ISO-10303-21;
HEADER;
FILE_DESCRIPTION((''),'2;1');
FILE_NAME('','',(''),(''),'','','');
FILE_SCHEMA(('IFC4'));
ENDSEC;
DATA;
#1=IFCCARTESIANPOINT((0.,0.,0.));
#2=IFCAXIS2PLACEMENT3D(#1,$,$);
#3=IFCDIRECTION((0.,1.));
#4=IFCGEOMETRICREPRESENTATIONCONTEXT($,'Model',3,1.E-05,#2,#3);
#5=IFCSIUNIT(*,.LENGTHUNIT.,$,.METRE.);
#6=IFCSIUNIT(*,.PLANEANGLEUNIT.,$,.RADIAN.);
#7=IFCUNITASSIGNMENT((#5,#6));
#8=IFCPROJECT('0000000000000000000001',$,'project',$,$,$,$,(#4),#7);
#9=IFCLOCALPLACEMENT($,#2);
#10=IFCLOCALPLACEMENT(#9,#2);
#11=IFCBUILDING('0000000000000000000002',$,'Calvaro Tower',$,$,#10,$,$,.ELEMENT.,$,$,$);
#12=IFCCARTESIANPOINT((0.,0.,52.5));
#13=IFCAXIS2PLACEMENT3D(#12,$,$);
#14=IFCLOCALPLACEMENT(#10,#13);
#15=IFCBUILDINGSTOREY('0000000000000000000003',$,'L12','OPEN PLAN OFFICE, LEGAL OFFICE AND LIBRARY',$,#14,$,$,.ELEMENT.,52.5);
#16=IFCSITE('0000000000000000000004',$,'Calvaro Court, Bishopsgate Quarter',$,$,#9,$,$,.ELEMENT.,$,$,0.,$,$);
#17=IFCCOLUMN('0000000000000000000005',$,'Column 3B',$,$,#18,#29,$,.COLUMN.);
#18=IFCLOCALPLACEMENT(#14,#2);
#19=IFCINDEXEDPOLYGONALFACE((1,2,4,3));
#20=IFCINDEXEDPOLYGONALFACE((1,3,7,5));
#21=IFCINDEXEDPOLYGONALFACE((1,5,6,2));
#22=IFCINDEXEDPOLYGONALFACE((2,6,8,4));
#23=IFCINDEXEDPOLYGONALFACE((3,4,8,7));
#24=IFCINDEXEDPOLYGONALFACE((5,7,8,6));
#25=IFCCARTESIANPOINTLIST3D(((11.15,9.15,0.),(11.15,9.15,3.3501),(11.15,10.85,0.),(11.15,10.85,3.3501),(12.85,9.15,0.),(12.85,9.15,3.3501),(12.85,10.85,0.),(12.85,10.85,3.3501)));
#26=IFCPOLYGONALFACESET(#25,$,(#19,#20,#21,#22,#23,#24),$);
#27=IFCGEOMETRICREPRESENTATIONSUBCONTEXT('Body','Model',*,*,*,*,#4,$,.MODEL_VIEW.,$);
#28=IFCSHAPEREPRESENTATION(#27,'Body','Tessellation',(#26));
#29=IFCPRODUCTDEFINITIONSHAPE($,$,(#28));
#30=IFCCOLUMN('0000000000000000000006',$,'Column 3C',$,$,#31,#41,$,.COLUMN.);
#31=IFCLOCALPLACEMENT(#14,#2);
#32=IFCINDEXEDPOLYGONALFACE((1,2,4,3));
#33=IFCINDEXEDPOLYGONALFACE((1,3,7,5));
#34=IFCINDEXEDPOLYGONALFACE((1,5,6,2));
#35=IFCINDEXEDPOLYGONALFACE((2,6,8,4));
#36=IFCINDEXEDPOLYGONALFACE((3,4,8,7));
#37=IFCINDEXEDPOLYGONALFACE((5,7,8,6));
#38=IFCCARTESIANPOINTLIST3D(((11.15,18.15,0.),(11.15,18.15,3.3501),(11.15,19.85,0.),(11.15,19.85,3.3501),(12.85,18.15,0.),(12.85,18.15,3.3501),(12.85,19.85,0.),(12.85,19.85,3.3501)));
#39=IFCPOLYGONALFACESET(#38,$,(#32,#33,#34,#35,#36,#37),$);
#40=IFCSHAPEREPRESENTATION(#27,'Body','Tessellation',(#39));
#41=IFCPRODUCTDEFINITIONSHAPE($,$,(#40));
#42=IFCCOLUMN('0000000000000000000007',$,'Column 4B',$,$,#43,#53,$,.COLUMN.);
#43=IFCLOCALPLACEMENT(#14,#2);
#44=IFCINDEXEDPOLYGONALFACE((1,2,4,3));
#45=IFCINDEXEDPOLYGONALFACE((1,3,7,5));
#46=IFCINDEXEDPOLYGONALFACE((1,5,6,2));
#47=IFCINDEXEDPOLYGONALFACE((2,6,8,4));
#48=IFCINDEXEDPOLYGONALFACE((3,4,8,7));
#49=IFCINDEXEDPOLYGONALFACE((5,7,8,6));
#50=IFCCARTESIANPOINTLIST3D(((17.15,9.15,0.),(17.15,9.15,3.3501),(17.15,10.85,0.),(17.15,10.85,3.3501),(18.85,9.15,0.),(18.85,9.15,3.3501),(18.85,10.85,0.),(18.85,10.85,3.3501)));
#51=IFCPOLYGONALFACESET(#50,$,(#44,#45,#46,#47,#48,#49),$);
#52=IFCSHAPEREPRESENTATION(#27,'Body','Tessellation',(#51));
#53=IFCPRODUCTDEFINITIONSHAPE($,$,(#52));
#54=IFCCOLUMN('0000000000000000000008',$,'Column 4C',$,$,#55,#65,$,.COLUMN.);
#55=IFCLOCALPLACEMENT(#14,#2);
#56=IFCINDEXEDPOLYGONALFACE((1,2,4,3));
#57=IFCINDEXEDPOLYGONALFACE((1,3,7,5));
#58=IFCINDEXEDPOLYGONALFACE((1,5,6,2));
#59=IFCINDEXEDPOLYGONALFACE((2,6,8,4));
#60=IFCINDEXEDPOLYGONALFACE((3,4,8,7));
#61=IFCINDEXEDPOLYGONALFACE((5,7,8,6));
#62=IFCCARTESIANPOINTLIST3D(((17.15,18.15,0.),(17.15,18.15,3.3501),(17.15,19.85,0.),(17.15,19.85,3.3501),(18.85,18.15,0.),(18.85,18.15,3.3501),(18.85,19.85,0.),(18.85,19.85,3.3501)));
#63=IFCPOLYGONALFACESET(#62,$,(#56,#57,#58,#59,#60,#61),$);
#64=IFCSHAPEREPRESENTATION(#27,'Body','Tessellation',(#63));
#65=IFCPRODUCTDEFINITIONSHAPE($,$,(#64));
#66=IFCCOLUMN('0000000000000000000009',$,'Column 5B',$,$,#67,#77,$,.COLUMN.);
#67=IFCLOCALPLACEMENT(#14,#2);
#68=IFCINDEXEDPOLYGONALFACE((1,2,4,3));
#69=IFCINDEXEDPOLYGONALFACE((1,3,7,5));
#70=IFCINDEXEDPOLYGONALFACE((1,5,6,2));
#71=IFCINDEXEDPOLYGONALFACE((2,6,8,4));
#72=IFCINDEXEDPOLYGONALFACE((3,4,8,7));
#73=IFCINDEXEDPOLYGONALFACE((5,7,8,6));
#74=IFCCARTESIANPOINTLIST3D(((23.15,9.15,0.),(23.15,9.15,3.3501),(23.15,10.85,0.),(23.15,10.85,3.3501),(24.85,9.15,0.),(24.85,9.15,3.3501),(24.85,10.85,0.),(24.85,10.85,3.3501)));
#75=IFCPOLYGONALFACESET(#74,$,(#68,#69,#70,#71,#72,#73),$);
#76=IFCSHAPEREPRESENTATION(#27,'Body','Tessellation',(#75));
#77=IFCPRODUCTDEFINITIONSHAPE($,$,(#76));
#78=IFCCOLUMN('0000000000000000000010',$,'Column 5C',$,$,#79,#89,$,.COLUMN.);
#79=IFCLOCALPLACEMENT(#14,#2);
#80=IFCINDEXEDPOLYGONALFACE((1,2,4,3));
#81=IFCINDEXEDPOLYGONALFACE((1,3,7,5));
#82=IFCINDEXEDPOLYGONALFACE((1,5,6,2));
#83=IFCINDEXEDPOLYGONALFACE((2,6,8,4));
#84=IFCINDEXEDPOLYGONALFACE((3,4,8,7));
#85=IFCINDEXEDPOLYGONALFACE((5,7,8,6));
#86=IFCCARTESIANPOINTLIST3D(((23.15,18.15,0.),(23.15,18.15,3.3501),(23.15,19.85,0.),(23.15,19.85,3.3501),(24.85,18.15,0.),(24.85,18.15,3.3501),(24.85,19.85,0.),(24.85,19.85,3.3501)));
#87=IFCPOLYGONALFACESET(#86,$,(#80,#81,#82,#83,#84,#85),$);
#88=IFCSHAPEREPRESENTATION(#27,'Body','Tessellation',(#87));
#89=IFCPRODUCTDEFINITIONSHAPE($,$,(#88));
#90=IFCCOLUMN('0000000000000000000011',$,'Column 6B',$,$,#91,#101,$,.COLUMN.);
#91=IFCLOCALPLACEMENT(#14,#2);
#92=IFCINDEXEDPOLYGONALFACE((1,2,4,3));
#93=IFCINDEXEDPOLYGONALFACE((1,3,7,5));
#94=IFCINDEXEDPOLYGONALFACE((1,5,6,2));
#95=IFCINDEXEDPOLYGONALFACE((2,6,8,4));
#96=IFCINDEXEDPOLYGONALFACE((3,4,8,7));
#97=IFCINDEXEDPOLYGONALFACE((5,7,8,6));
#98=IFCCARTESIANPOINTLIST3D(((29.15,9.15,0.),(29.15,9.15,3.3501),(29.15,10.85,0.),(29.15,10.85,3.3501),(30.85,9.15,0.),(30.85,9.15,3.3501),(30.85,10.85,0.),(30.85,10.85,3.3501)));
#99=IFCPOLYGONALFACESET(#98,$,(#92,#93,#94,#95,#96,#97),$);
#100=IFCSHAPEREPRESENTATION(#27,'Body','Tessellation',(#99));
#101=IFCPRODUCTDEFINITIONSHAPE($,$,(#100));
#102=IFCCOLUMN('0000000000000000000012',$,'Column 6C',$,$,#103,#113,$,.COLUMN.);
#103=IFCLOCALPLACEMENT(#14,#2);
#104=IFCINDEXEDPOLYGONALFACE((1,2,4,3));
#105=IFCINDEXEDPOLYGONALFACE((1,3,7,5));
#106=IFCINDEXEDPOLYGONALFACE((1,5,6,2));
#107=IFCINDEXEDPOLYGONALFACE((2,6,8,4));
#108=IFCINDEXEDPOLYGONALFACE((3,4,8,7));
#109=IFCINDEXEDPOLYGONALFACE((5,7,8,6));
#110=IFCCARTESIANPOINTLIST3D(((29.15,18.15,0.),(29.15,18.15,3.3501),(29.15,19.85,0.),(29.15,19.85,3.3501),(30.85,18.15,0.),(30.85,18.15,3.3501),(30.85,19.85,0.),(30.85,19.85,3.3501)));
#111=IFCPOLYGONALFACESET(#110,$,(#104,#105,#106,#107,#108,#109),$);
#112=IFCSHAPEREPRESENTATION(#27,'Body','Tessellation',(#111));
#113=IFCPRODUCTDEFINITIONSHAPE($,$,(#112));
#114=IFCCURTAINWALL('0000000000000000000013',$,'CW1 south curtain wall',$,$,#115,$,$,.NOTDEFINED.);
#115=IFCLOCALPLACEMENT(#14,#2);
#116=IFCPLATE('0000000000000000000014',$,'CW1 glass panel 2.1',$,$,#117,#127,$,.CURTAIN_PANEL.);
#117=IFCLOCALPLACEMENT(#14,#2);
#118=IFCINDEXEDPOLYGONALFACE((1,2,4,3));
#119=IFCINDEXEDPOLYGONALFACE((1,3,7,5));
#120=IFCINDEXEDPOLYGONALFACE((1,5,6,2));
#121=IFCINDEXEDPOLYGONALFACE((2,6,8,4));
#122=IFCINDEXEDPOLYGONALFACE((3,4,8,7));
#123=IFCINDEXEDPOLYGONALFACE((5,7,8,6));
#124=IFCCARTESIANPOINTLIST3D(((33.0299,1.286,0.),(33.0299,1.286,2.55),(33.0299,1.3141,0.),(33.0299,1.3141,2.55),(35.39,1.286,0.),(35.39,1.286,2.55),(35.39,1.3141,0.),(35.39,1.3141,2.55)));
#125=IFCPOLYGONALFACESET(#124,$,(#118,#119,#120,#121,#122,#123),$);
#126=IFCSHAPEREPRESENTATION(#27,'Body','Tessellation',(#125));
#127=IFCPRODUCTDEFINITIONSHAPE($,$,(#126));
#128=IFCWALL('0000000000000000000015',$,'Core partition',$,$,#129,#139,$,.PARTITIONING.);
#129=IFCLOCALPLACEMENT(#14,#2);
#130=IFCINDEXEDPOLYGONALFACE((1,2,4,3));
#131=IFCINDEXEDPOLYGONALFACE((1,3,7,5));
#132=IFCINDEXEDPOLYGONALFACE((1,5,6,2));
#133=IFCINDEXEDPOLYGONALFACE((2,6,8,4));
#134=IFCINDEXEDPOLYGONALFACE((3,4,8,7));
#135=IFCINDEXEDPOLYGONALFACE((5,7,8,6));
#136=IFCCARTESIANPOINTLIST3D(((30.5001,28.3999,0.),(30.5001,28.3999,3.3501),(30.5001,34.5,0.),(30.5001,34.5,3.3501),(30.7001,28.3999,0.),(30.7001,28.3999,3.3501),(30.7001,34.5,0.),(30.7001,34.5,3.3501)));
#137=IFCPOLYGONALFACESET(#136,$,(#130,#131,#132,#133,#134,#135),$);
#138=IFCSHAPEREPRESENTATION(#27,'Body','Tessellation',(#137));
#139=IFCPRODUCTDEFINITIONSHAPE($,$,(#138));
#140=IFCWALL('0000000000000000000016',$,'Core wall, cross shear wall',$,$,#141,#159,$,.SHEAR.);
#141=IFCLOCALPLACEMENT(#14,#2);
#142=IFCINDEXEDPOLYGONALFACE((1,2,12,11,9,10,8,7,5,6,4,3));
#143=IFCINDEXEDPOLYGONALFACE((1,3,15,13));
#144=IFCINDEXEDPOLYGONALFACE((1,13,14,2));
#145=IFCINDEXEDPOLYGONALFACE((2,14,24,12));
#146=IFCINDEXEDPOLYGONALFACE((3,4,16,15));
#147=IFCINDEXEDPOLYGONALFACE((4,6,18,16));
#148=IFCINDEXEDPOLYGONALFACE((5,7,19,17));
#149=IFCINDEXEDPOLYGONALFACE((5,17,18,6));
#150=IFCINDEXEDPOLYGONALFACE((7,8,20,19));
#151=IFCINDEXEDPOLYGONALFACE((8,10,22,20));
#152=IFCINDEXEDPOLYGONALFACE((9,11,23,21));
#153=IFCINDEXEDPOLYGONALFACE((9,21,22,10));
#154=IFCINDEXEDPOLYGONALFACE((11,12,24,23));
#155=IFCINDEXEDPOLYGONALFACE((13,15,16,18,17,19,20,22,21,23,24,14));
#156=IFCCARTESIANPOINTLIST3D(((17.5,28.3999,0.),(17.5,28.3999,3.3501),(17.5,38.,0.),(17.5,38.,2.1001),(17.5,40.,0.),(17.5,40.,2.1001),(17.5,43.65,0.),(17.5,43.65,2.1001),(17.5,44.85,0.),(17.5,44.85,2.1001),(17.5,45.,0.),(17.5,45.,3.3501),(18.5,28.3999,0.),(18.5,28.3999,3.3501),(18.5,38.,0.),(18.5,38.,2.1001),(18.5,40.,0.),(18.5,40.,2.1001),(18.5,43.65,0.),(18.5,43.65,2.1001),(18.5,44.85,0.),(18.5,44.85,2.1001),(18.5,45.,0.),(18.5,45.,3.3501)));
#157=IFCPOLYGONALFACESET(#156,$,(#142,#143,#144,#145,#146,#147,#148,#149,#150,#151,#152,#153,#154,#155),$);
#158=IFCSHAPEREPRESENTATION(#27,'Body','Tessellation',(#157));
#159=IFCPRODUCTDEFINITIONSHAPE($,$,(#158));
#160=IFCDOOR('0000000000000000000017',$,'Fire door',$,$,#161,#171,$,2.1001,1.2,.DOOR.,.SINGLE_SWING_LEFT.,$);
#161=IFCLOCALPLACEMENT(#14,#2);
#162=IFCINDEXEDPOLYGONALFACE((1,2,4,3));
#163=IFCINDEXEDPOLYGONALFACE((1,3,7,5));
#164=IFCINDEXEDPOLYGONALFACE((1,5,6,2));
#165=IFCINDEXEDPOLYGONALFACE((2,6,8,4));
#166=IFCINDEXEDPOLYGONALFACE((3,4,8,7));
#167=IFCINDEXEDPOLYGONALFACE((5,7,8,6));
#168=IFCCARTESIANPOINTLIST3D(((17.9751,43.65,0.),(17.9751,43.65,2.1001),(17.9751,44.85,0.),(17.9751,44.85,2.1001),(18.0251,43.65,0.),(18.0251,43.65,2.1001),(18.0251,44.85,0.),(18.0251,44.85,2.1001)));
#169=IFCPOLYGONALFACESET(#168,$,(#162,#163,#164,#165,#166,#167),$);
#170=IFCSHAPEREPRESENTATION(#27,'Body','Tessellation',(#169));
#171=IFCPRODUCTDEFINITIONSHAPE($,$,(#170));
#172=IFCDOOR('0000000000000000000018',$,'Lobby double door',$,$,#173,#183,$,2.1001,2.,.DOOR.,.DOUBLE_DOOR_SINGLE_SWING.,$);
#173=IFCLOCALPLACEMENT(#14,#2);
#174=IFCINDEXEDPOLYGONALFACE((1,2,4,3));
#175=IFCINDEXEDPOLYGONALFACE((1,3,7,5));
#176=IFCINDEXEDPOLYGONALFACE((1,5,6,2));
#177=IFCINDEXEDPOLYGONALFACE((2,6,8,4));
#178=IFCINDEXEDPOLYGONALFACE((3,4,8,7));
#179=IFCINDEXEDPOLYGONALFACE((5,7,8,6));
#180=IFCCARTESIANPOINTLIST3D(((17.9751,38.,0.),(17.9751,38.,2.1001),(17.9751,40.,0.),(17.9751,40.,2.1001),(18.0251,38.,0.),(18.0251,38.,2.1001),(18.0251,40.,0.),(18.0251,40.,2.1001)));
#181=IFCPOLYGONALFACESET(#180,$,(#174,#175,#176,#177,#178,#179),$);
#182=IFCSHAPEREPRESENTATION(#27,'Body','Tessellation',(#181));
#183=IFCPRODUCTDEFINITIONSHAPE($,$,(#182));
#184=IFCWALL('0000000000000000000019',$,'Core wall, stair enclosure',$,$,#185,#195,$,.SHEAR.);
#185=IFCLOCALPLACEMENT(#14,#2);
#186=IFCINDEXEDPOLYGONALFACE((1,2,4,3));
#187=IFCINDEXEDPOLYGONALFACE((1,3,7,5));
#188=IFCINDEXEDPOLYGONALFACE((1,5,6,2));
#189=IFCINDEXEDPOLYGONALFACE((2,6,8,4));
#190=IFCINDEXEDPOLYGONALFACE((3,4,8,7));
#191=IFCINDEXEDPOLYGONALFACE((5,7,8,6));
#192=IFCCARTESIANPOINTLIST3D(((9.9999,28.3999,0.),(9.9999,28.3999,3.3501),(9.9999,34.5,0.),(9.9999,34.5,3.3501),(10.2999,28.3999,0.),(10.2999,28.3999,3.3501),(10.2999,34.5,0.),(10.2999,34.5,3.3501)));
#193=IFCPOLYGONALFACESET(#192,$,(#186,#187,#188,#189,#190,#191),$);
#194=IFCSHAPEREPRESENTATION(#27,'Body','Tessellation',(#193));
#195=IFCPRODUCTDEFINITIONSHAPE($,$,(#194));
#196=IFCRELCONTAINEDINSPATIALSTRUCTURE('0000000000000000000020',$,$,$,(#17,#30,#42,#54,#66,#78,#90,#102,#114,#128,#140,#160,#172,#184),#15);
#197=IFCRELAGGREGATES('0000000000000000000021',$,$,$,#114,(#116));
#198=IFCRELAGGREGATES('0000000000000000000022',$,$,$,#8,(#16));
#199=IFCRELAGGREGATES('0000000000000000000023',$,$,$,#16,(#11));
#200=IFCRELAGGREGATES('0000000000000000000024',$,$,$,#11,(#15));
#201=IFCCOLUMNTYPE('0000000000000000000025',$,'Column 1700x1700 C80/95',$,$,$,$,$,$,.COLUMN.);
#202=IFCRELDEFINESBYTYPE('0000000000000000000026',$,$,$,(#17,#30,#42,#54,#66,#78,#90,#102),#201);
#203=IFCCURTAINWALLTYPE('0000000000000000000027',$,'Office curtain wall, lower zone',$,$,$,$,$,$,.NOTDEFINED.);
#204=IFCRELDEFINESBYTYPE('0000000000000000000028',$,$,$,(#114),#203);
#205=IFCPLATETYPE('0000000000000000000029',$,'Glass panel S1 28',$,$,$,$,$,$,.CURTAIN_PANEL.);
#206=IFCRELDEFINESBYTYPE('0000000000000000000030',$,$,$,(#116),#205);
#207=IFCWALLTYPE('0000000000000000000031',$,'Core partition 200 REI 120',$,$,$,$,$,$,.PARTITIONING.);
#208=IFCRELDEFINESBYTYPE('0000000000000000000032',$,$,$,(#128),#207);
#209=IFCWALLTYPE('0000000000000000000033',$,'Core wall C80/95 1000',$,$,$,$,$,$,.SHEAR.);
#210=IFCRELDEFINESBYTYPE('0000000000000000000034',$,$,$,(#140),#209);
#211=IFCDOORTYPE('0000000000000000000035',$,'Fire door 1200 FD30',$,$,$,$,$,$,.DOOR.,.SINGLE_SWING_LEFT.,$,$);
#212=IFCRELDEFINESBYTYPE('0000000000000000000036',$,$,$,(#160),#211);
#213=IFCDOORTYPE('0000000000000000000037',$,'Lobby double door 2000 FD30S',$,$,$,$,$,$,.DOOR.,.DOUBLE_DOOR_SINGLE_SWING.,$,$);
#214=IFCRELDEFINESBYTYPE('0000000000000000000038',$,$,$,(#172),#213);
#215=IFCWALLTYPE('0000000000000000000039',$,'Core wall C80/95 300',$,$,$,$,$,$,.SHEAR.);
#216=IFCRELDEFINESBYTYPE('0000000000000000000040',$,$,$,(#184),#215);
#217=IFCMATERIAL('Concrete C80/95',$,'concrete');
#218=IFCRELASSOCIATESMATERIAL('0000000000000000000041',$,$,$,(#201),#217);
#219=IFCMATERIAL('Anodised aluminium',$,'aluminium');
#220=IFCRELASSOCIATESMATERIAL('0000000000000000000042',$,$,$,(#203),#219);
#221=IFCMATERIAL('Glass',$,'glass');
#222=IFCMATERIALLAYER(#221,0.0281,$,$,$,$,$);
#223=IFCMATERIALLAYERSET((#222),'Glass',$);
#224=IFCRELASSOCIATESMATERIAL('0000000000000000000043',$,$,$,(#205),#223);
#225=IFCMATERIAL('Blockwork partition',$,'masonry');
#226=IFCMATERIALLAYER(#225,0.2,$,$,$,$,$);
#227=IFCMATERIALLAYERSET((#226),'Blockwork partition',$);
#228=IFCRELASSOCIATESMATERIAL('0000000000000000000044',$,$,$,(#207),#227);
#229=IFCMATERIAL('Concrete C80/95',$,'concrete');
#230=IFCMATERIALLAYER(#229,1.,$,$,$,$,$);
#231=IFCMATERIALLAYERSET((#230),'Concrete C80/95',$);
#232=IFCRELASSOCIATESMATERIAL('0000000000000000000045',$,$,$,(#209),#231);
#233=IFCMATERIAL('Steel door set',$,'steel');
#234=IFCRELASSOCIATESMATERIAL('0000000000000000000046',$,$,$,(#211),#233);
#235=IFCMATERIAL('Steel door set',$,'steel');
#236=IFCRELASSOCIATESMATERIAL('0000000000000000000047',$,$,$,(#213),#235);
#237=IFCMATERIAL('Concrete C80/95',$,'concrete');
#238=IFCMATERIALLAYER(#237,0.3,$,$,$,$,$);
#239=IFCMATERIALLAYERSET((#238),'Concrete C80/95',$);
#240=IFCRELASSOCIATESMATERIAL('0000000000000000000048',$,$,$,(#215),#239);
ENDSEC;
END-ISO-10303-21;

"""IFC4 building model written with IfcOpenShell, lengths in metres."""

from ifc_helpers import new_model, si_unit, direction, frame, frame_2d, origin, origin_2d, place, context, subcontext, project, spatial, rectangle, extrude, material, layer, layer_set, material_profile, profile_set, type_object, element, fill, aggregate, save


model = new_model("IFC4")

# Units and contexts
model_context = context("Model", 3, precision=1e-05, world=origin(), true_north=direction((0.0, 1.0)))
body_context = subcontext(model_context, "Body", "Model", "MODEL_VIEW")
ifc_project = project(units=[si_unit("LENGTHUNIT", "METRE"), si_unit("PLANEANGLEUNIT", "RADIAN")], contexts=[model_context])

# Site, building, storey
site_placement = place(None, origin())
site = spatial("IfcSite", under=ifc_project, at=site_placement, Name="Calvaro Court, Bishopsgate Quarter", CompositionType="ELEMENT", RefElevation=0.0)
building_placement = place(site_placement, origin())
building = spatial("IfcBuilding", under=site, at=building_placement, Name="Calvaro Tower", CompositionType="ELEMENT")
storey_placement = place(building_placement, frame((0.0, 0.0, 52.5)))
storey = spatial("IfcBuildingStorey", under=building, at=storey_placement, Name="L12", Description="OPEN PLAN OFFICE, LEGAL OFFICE AND LIBRARY", CompositionType="ELEMENT", Elevation=52.5)

# Columns
ifc_material_1 = material(Name="Concrete C80/95", Category="concrete")
ifc_material_profile = material_profile(ifc_material_1, rectangle(XDim=1.7, YDim=1.7, at=origin_2d()), Name="RC 1700x1700")
ifc_profile_set = profile_set([ifc_material_profile], Name="Concrete C80/95")
column_type = type_object("IfcColumnType", Name="Column 1700x1700 C80/95", PredefinedType="COLUMN", material=ifc_profile_set)
for number, where, z_axis, x_axis, name in (
    (1, (12.0, 10.0, 0.0), (0.0, 0.0, 1.0), (1.0, 0.0, 0.0), "Column 3B"),
    (2, (12.0, 19.0, 0.0), (0.0, 0.0, 1.0), (1.0, 0.0, 0.0), "Column 3C"),
    (3, (18.0, 10.0, 0.0), (0.0, 0.0, 1.0), (1.0, 0.0, 0.0), "Column 4B"),
    (4, (18.0, 19.0, 0.0), (0.0, 0.0, 1.0), (1.0, 0.0, 0.0), "Column 4C"),
    (5, (24.0, 10.0, 0.0), (0.0, 0.0, 1.0), (1.0, 0.0, 0.0), "Column 5B"),
    (6, (24.0, 19.0, 0.0), (0.0, 0.0, 1.0), (1.0, 0.0, 0.0), "Column 5C"),
    (7, (30.0, 10.0, 0.0), (0.0, 0.0, 1.0), (1.0, 0.0, 0.0), "Column 6B"),
    (8, (30.0, 19.0, 0.0), (0.0, 0.0, 1.0), (1.0, 0.0, 0.0), "Column 6C"),
):
    element("IfcColumn", number, at=place(storey_placement, frame(where, z_axis=z_axis, x_axis=x_axis)), inside=storey, type_object=column_type, Name=name, PredefinedType="COLUMN", context=body_context, shape_type="SweptSolid", body=[
        extrude(rectangle(XDim=1.7, YDim=1.7, at=origin_2d()), origin(), (0.0, 0.0, 1.0), 3.3501),
    ])

# Curtain wall, plate
ifc_material_2 = material(Name="Anodised aluminium", Category="aluminium")
curtain_wall_type = type_object("IfcCurtainWallType", Name="Office curtain wall, lower zone", PredefinedType="NOTDEFINED", material=ifc_material_2)
curtain_wall_placement = place(storey_placement, origin())
curtain_wall = element("IfcCurtainWall", 9, at=curtain_wall_placement, inside=storey, type_object=curtain_wall_type, Name="CW1 south curtain wall", PredefinedType="NOTDEFINED")
ifc_material_3 = material(Name="Glass", Category="glass")
ifc_layer_1 = layer(ifc_material_3, 0.0281)
ifc_layer_set_1 = layer_set([ifc_layer_1], Name="Glass")
plate_type = type_object("IfcPlateType", Name="Glass panel S1 28", PredefinedType="CURTAIN_PANEL", material=ifc_layer_set_1)
plate_placement = place(storey_placement, frame((34.21, 1.3, 0.0), z_axis=(0.0, 0.0, 1.0), x_axis=(1.0, 0.0, 0.0)))
plate = element("IfcPlate", 10, at=plate_placement, type_object=plate_type, Name="CW1 glass panel 2.1", PredefinedType="CURTAIN_PANEL", context=body_context, shape_type="SweptSolid", body=[
    extrude(rectangle(XDim=2.3601, YDim=0.0281, at=origin_2d()), origin(), (0.0, 0.0, 1.0), 2.55),
])
aggregate(curtain_wall, [plate])

# Wall
ifc_material_4 = material(Name="Blockwork partition", Category="masonry")
ifc_layer_2 = layer(ifc_material_4, 0.2)
ifc_layer_set_2 = layer_set([ifc_layer_2], Name="Blockwork partition")
wall_type_1 = type_object("IfcWallType", Name="Core partition 200 REI 120", PredefinedType="PARTITIONING", material=ifc_layer_set_2)
wall_1_placement = place(storey_placement, frame((30.6001, 28.3999, 0.0), z_axis=(0.0, 0.0, 1.0), x_axis=(0.0, 1.0, 0.0)))
element("IfcWall", 11, at=wall_1_placement, inside=storey, type_object=wall_type_1, Name="Core partition", PredefinedType="PARTITIONING", context=body_context, shape_type="SweptSolid", body=[
    extrude(rectangle(XDim=6.1001, YDim=0.2, at=frame_2d((3.05, 0.0))), origin(), (0.0, 0.0, 1.0), 3.3501),
])

# Wall, openings, doors
ifc_material_5 = material(Name="Concrete C80/95", Category="concrete")
ifc_layer_3 = layer(ifc_material_5, 1.0)
ifc_layer_set_3 = layer_set([ifc_layer_3], Name="Concrete C80/95")
wall_type_2 = type_object("IfcWallType", Name="Core wall C80/95 1000", PredefinedType="SHEAR", material=ifc_layer_set_3)
wall_2_placement = place(storey_placement, frame((18.0, 28.3999, 0.0), z_axis=(0.0, 0.0, 1.0), x_axis=(0.0, 1.0, 0.0)))
wall_2 = element("IfcWall", 12, at=wall_2_placement, inside=storey, type_object=wall_type_2, Name="Core wall, cross shear wall", PredefinedType="SHEAR", context=body_context, shape_type="SweptSolid", body=[
    extrude(rectangle(XDim=16.6001, YDim=1.0, at=frame_2d((8.3, 0.0))), origin(), (0.0, 0.0, 1.0), 3.3501),
])
opening_1_placement = place(wall_2_placement, frame((9.6001, 0.0, 0.0)))
opening_1 = element("IfcOpeningElement", 13, at=opening_1_placement, cuts=wall_2, PredefinedType="OPENING", context=body_context, shape_type="SweptSolid", body=[
    extrude(rectangle(XDim=2.0, YDim=2.1001, at=frame_2d((1.0, 1.05))), frame((0.0, 0.51, 0.0), z_axis=(0.0, -1.0, 0.0), x_axis=(1.0, 0.0, 0.0)), (0.0, 0.0, 1.0), 1.02),
])
opening_2_placement = place(wall_2_placement, frame((15.25, 0.0, 0.0)))
opening_2 = element("IfcOpeningElement", 14, at=opening_2_placement, cuts=wall_2, PredefinedType="OPENING", context=body_context, shape_type="SweptSolid", body=[
    extrude(rectangle(XDim=1.2, YDim=2.1001, at=frame_2d((0.6001, 1.05))), frame((0.0, 0.51, 0.0), z_axis=(0.0, -1.0, 0.0), x_axis=(1.0, 0.0, 0.0)), (0.0, 0.0, 1.0), 1.02),
])
ifc_material_6 = material(Name="Steel door set", Category="steel")
door_type_1 = type_object("IfcDoorType", Name="Fire door 1200 FD30", OperationType="SINGLE_SWING_LEFT", PredefinedType="DOOR", material=ifc_material_6)
door_1_placement = place(opening_2_placement, origin())
door_1 = element("IfcDoor", 15, at=door_1_placement, inside=storey, type_object=door_type_1, Name="Fire door", OperationType="SINGLE_SWING_LEFT", OverallHeight=2.1001, OverallWidth=1.2, PredefinedType="DOOR", context=body_context, shape_type="SweptSolid", body=[
    extrude(rectangle(XDim=1.2, YDim=2.1001, at=frame_2d((0.6001, 1.05))), frame((0.0, 0.0249, 0.0), z_axis=(0.0, -1.0, 0.0), x_axis=(1.0, 0.0, 0.0)), (0.0, 0.0, 1.0), 0.05),
])
fill(opening_2, door_1)
ifc_material_7 = material(Name="Steel door set", Category="steel")
door_type_2 = type_object("IfcDoorType", Name="Lobby double door 2000 FD30S", OperationType="DOUBLE_DOOR_SINGLE_SWING", PredefinedType="DOOR", material=ifc_material_7)
door_2_placement = place(opening_1_placement, origin())
door_2 = element("IfcDoor", 16, at=door_2_placement, inside=storey, type_object=door_type_2, Name="Lobby double door", OperationType="DOUBLE_DOOR_SINGLE_SWING", OverallHeight=2.1001, OverallWidth=2.0, PredefinedType="DOOR", context=body_context, shape_type="SweptSolid", body=[
    extrude(rectangle(XDim=2.0, YDim=2.1001, at=frame_2d((1.0, 1.05))), frame((0.0, 0.0249, 0.0), z_axis=(0.0, -1.0, 0.0), x_axis=(1.0, 0.0, 0.0)), (0.0, 0.0, 1.0), 0.05),
])
fill(opening_1, door_2)

# Wall
ifc_material_8 = material(Name="Concrete C80/95", Category="concrete")
ifc_layer_4 = layer(ifc_material_8, 0.3)
ifc_layer_set_4 = layer_set([ifc_layer_4], Name="Concrete C80/95")
wall_type_3 = type_object("IfcWallType", Name="Core wall C80/95 300", PredefinedType="SHEAR", material=ifc_layer_set_4)
for number, where, z_axis, x_axis, name in (
    (17, (10.1499, 28.3999, 0.0), (0.0, 0.0, 1.0), (0.0, 1.0, 0.0), "Core wall, stair enclosure"),
):
    element("IfcWall", number, at=place(storey_placement, frame(where, z_axis=z_axis, x_axis=x_axis)), inside=storey, type_object=wall_type_3, Name=name, PredefinedType="SHEAR", context=body_context, shape_type="SweptSolid", body=[
        extrude(rectangle(XDim=6.1001, YDim=0.3, at=frame_2d((3.05, 0.0))), origin(), (0.0, 0.0, 1.0), 3.3501),
    ])

save(model, "model.ifc")
